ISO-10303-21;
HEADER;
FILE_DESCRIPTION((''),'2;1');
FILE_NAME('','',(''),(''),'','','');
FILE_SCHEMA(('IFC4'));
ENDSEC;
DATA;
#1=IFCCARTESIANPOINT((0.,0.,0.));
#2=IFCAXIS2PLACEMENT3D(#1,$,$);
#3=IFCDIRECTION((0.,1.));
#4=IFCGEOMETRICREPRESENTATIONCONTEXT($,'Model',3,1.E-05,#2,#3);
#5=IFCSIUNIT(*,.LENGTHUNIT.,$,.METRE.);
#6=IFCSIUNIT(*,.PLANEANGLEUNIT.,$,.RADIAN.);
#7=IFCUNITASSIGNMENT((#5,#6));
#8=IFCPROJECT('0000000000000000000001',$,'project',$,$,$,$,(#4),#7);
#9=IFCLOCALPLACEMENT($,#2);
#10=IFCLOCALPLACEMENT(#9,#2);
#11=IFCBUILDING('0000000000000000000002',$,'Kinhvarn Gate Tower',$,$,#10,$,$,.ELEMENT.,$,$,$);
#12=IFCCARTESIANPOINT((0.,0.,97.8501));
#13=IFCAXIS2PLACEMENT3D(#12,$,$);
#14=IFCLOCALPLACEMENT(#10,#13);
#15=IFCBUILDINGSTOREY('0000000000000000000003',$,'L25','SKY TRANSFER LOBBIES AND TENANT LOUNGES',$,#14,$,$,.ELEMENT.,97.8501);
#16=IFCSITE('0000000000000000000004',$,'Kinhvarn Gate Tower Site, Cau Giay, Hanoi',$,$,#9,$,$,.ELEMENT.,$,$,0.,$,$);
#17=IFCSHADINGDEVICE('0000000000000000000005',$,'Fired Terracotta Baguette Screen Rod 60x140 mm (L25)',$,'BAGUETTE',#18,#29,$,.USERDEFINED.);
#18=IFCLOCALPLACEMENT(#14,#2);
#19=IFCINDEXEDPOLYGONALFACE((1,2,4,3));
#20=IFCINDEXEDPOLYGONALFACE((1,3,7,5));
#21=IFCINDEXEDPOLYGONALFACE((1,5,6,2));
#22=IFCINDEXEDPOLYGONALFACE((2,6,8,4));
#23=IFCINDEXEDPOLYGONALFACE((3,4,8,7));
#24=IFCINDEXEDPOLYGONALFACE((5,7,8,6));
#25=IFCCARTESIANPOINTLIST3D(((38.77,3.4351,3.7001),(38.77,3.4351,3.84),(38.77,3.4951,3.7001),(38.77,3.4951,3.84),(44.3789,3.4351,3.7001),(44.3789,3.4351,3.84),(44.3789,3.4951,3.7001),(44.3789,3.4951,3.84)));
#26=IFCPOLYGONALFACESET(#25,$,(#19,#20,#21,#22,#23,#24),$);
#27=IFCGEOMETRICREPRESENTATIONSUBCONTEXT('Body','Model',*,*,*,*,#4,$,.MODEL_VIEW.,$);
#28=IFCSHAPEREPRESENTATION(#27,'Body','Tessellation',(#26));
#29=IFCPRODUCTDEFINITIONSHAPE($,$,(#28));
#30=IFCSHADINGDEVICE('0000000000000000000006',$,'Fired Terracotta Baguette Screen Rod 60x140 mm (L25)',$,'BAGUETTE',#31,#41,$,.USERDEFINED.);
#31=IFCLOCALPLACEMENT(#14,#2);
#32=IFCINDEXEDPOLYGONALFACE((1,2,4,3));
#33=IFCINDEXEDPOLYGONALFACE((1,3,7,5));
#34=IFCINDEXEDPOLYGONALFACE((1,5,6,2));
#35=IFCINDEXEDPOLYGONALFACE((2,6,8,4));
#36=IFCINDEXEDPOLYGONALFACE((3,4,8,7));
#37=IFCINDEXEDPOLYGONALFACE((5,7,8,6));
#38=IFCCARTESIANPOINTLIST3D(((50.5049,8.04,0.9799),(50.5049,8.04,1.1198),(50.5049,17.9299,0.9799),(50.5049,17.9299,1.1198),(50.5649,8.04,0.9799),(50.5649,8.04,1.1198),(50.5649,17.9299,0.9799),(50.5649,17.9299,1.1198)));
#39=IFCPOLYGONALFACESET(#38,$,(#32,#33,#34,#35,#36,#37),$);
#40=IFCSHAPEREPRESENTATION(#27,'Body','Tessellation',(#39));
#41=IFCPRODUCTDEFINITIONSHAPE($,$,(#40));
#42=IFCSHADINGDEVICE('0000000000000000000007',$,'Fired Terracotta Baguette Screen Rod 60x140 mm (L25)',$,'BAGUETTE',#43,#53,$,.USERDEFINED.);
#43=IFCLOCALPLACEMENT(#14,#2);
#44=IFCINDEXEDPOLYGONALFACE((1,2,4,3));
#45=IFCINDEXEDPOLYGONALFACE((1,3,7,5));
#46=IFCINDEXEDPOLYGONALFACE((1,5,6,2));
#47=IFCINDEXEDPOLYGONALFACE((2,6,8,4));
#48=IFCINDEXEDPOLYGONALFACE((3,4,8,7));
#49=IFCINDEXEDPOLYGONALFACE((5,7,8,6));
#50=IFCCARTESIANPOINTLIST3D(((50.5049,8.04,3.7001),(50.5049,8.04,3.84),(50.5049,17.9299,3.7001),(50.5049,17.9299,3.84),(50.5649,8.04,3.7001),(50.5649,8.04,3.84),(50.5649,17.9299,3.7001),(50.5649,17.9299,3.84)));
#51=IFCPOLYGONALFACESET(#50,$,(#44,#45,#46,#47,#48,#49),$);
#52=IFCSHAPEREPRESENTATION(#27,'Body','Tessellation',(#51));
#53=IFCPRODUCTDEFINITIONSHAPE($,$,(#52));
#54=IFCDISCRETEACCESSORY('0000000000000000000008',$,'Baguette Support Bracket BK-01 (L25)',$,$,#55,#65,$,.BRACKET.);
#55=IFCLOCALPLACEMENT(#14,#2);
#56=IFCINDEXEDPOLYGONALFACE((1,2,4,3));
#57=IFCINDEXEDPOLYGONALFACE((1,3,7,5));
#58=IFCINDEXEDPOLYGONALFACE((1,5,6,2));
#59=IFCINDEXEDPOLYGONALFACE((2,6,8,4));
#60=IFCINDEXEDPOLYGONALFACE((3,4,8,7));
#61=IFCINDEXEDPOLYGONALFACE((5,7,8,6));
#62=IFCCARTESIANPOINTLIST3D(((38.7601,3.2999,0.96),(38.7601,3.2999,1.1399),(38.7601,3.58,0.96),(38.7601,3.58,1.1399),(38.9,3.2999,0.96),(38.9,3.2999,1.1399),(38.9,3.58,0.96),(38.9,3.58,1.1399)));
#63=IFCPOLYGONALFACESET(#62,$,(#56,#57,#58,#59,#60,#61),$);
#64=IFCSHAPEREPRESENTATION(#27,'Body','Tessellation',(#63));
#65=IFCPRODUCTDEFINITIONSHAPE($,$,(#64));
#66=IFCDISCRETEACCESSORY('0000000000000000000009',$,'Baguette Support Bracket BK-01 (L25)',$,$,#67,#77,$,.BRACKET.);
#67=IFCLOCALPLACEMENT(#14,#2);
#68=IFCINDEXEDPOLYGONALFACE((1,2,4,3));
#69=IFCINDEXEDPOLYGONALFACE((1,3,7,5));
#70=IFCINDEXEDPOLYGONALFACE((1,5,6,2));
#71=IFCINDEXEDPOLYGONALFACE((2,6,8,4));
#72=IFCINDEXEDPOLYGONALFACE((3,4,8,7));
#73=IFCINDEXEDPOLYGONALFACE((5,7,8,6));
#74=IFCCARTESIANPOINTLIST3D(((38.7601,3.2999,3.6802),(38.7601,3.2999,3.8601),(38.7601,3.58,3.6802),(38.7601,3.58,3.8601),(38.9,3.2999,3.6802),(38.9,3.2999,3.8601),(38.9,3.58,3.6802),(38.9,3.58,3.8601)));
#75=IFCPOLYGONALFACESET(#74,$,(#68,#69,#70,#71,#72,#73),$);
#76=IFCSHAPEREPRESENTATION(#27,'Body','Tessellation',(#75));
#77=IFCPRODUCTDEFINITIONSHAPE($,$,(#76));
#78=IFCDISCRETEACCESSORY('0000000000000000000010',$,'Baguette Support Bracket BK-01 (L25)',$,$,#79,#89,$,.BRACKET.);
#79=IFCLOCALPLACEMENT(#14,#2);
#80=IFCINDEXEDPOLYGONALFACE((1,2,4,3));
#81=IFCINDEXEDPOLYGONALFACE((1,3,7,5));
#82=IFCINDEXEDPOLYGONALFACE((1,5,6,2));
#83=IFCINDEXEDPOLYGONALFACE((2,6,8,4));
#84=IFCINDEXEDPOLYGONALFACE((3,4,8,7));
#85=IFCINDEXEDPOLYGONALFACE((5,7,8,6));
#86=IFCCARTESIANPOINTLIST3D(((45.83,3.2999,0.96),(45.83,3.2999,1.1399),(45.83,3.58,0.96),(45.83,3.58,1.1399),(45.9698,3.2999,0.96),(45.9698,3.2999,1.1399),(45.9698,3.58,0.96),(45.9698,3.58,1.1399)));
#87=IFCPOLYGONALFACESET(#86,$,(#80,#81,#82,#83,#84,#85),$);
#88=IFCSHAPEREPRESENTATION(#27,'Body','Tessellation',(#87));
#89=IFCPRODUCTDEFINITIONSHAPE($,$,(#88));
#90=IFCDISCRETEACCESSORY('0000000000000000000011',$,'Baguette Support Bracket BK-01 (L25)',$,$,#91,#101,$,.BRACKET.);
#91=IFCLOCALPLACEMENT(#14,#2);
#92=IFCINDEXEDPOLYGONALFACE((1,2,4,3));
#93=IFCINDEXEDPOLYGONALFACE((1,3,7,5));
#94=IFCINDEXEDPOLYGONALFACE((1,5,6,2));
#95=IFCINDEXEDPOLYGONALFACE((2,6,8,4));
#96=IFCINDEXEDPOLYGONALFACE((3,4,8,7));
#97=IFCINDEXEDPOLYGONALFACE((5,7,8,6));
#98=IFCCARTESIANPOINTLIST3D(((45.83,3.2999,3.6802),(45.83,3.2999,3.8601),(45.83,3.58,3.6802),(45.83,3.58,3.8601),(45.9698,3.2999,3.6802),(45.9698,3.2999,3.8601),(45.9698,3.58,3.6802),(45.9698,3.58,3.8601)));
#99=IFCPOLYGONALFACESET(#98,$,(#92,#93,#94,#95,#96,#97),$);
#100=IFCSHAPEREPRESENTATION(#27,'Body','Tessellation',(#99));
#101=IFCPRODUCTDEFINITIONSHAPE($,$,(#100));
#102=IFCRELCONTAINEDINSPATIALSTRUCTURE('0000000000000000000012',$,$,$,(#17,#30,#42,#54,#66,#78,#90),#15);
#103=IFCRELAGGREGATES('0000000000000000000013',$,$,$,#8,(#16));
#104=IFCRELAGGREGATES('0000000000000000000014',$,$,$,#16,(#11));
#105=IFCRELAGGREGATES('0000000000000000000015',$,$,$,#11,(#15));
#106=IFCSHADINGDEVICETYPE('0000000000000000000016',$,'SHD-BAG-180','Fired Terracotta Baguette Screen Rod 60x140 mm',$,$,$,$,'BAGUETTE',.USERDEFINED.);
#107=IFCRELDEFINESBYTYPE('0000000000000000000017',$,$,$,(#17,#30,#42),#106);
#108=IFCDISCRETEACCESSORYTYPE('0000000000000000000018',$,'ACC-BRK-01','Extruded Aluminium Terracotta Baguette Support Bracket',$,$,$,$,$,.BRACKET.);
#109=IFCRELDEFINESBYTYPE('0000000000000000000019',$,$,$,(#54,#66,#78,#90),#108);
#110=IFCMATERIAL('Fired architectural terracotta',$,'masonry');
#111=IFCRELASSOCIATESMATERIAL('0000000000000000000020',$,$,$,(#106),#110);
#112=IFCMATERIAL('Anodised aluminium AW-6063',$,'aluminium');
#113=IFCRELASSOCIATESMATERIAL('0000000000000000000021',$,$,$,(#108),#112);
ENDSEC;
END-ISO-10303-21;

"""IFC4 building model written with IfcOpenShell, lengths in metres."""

from ifc_helpers import new_model, si_unit, direction, frame, origin, origin_2d, place, context, subcontext, project, spatial, rectangle, extrude, material, material_profile, profile_set, type_object, element, save


model = new_model("IFC4")

# Units and contexts
model_context = context("Model", 3, precision=1e-05, world=origin(), true_north=direction((0.0, 1.0)))
body_context = subcontext(model_context, "Body", "Model", "MODEL_VIEW")
ifc_project = project(units=[si_unit("LENGTHUNIT", "METRE"), si_unit("PLANEANGLEUNIT", "RADIAN")], contexts=[model_context])

# Site, building, storey
site_placement = place(None, origin())
site = spatial("IfcSite", under=ifc_project, at=site_placement, Name="Kinhvarn Gate Tower Site, Cau Giay, Hanoi", CompositionType="ELEMENT", RefElevation=0.0)
building_placement = place(site_placement, origin())
building = spatial("IfcBuilding", under=site, at=building_placement, Name="Kinhvarn Gate Tower", CompositionType="ELEMENT")
storey_placement = place(building_placement, frame((0.0, 0.0, 97.8501)))
storey = spatial("IfcBuildingStorey", under=building, at=storey_placement, Name="L25", Description="SKY TRANSFER LOBBIES AND TENANT LOUNGES", CompositionType="ELEMENT", Elevation=97.8501)

# Shared definitions
ifc_material_1 = material(Name="Anodised aluminium AW-6063", Category="aluminium")

# Shared definitions
ifc_material_2 = material(Name="Fired architectural terracotta", Category="masonry")

# Shading devices
ifc_material_profile_1 = material_profile(ifc_material_2, rectangle(XDim=0.0601, YDim=0.1399, at=origin_2d()), Name="TC 60x140")
ifc_profile_set_1 = profile_set([ifc_material_profile_1], Name="Fired architectural terracotta")
shading_device_type = type_object("IfcShadingDeviceType", Name="SHD-BAG-180", Description="Fired Terracotta Baguette Screen Rod 60x140 mm", ElementType="BAGUETTE", PredefinedType="USERDEFINED", material=ifc_profile_set_1)
for number, where, z_axis, x_axis, name in (
    (1, (38.77, 3.4651, 3.77), (1.0, 0.0, 0.0), (0.0, 1.0, 0.0), "Fired Terracotta Baguette Screen Rod 60x140 mm (L25)"),
):
    element("IfcShadingDevice", number, at=place(storey_placement, frame(where, z_axis=z_axis, x_axis=x_axis)), inside=storey, type_object=shading_device_type, Name=name, ObjectType="BAGUETTE", PredefinedType="USERDEFINED", context=body_context, shape_type="SweptSolid", body=[
        extrude(rectangle(XDim=0.0601, YDim=0.1399, at=origin_2d()), origin(), (0.0, 0.0, 1.0), 5.6089),
    ])
for number, where, z_axis, x_axis, name in (
    (2, (50.5349, 8.04, 1.0498), (0.0, 1.0, 0.0), (-1.0, 0.0, 0.0), "Fired Terracotta Baguette Screen Rod 60x140 mm (L25)"),
    (3, (50.5349, 8.04, 3.77), (0.0, 1.0, 0.0), (-1.0, 0.0, 0.0), "Fired Terracotta Baguette Screen Rod 60x140 mm (L25)"),
):
    element("IfcShadingDevice", number, at=place(storey_placement, frame(where, z_axis=z_axis, x_axis=x_axis)), inside=storey, type_object=shading_device_type, Name=name, ObjectType="BAGUETTE", PredefinedType="USERDEFINED", context=body_context, shape_type="SweptSolid", body=[
        extrude(rectangle(XDim=0.0601, YDim=0.1399, at=origin_2d()), origin(), (0.0, 0.0, 1.0), 9.8899),
    ])

# Discrete accessories
discrete_accessory_type = type_object("IfcDiscreteAccessoryType", Name="ACC-BRK-01", Description="Extruded Aluminium Terracotta Baguette Support Bracket", PredefinedType="BRACKET", material=ifc_material_1)
for number, where, z_axis, x_axis, name in (
    (4, (38.8301, 3.4399, 0.96), (0.0, 0.0, 1.0), (1.0, 0.0, 0.0), "Baguette Support Bracket BK-01 (L25)"),
    (5, (38.8301, 3.4399, 3.6802), (0.0, 0.0, 1.0), (1.0, 0.0, 0.0), "Baguette Support Bracket BK-01 (L25)"),
    (6, (45.8999, 3.4399, 0.96), (0.0, 0.0, 1.0), (1.0, 0.0, 0.0), "Baguette Support Bracket BK-01 (L25)"),
    (7, (45.8999, 3.4399, 3.6802), (0.0, 0.0, 1.0), (1.0, 0.0, 0.0), "Baguette Support Bracket BK-01 (L25)"),
):
    element("IfcDiscreteAccessory", number, at=place(storey_placement, frame(where, z_axis=z_axis, x_axis=x_axis)), inside=storey, type_object=discrete_accessory_type, Name=name, PredefinedType="BRACKET", context=body_context, shape_type="SweptSolid", body=[
        extrude(rectangle(XDim=0.1399, YDim=0.28, at=origin_2d()), origin(), (0.0, 0.0, 1.0), 0.1799),
    ])

save(model, "model.ifc")
